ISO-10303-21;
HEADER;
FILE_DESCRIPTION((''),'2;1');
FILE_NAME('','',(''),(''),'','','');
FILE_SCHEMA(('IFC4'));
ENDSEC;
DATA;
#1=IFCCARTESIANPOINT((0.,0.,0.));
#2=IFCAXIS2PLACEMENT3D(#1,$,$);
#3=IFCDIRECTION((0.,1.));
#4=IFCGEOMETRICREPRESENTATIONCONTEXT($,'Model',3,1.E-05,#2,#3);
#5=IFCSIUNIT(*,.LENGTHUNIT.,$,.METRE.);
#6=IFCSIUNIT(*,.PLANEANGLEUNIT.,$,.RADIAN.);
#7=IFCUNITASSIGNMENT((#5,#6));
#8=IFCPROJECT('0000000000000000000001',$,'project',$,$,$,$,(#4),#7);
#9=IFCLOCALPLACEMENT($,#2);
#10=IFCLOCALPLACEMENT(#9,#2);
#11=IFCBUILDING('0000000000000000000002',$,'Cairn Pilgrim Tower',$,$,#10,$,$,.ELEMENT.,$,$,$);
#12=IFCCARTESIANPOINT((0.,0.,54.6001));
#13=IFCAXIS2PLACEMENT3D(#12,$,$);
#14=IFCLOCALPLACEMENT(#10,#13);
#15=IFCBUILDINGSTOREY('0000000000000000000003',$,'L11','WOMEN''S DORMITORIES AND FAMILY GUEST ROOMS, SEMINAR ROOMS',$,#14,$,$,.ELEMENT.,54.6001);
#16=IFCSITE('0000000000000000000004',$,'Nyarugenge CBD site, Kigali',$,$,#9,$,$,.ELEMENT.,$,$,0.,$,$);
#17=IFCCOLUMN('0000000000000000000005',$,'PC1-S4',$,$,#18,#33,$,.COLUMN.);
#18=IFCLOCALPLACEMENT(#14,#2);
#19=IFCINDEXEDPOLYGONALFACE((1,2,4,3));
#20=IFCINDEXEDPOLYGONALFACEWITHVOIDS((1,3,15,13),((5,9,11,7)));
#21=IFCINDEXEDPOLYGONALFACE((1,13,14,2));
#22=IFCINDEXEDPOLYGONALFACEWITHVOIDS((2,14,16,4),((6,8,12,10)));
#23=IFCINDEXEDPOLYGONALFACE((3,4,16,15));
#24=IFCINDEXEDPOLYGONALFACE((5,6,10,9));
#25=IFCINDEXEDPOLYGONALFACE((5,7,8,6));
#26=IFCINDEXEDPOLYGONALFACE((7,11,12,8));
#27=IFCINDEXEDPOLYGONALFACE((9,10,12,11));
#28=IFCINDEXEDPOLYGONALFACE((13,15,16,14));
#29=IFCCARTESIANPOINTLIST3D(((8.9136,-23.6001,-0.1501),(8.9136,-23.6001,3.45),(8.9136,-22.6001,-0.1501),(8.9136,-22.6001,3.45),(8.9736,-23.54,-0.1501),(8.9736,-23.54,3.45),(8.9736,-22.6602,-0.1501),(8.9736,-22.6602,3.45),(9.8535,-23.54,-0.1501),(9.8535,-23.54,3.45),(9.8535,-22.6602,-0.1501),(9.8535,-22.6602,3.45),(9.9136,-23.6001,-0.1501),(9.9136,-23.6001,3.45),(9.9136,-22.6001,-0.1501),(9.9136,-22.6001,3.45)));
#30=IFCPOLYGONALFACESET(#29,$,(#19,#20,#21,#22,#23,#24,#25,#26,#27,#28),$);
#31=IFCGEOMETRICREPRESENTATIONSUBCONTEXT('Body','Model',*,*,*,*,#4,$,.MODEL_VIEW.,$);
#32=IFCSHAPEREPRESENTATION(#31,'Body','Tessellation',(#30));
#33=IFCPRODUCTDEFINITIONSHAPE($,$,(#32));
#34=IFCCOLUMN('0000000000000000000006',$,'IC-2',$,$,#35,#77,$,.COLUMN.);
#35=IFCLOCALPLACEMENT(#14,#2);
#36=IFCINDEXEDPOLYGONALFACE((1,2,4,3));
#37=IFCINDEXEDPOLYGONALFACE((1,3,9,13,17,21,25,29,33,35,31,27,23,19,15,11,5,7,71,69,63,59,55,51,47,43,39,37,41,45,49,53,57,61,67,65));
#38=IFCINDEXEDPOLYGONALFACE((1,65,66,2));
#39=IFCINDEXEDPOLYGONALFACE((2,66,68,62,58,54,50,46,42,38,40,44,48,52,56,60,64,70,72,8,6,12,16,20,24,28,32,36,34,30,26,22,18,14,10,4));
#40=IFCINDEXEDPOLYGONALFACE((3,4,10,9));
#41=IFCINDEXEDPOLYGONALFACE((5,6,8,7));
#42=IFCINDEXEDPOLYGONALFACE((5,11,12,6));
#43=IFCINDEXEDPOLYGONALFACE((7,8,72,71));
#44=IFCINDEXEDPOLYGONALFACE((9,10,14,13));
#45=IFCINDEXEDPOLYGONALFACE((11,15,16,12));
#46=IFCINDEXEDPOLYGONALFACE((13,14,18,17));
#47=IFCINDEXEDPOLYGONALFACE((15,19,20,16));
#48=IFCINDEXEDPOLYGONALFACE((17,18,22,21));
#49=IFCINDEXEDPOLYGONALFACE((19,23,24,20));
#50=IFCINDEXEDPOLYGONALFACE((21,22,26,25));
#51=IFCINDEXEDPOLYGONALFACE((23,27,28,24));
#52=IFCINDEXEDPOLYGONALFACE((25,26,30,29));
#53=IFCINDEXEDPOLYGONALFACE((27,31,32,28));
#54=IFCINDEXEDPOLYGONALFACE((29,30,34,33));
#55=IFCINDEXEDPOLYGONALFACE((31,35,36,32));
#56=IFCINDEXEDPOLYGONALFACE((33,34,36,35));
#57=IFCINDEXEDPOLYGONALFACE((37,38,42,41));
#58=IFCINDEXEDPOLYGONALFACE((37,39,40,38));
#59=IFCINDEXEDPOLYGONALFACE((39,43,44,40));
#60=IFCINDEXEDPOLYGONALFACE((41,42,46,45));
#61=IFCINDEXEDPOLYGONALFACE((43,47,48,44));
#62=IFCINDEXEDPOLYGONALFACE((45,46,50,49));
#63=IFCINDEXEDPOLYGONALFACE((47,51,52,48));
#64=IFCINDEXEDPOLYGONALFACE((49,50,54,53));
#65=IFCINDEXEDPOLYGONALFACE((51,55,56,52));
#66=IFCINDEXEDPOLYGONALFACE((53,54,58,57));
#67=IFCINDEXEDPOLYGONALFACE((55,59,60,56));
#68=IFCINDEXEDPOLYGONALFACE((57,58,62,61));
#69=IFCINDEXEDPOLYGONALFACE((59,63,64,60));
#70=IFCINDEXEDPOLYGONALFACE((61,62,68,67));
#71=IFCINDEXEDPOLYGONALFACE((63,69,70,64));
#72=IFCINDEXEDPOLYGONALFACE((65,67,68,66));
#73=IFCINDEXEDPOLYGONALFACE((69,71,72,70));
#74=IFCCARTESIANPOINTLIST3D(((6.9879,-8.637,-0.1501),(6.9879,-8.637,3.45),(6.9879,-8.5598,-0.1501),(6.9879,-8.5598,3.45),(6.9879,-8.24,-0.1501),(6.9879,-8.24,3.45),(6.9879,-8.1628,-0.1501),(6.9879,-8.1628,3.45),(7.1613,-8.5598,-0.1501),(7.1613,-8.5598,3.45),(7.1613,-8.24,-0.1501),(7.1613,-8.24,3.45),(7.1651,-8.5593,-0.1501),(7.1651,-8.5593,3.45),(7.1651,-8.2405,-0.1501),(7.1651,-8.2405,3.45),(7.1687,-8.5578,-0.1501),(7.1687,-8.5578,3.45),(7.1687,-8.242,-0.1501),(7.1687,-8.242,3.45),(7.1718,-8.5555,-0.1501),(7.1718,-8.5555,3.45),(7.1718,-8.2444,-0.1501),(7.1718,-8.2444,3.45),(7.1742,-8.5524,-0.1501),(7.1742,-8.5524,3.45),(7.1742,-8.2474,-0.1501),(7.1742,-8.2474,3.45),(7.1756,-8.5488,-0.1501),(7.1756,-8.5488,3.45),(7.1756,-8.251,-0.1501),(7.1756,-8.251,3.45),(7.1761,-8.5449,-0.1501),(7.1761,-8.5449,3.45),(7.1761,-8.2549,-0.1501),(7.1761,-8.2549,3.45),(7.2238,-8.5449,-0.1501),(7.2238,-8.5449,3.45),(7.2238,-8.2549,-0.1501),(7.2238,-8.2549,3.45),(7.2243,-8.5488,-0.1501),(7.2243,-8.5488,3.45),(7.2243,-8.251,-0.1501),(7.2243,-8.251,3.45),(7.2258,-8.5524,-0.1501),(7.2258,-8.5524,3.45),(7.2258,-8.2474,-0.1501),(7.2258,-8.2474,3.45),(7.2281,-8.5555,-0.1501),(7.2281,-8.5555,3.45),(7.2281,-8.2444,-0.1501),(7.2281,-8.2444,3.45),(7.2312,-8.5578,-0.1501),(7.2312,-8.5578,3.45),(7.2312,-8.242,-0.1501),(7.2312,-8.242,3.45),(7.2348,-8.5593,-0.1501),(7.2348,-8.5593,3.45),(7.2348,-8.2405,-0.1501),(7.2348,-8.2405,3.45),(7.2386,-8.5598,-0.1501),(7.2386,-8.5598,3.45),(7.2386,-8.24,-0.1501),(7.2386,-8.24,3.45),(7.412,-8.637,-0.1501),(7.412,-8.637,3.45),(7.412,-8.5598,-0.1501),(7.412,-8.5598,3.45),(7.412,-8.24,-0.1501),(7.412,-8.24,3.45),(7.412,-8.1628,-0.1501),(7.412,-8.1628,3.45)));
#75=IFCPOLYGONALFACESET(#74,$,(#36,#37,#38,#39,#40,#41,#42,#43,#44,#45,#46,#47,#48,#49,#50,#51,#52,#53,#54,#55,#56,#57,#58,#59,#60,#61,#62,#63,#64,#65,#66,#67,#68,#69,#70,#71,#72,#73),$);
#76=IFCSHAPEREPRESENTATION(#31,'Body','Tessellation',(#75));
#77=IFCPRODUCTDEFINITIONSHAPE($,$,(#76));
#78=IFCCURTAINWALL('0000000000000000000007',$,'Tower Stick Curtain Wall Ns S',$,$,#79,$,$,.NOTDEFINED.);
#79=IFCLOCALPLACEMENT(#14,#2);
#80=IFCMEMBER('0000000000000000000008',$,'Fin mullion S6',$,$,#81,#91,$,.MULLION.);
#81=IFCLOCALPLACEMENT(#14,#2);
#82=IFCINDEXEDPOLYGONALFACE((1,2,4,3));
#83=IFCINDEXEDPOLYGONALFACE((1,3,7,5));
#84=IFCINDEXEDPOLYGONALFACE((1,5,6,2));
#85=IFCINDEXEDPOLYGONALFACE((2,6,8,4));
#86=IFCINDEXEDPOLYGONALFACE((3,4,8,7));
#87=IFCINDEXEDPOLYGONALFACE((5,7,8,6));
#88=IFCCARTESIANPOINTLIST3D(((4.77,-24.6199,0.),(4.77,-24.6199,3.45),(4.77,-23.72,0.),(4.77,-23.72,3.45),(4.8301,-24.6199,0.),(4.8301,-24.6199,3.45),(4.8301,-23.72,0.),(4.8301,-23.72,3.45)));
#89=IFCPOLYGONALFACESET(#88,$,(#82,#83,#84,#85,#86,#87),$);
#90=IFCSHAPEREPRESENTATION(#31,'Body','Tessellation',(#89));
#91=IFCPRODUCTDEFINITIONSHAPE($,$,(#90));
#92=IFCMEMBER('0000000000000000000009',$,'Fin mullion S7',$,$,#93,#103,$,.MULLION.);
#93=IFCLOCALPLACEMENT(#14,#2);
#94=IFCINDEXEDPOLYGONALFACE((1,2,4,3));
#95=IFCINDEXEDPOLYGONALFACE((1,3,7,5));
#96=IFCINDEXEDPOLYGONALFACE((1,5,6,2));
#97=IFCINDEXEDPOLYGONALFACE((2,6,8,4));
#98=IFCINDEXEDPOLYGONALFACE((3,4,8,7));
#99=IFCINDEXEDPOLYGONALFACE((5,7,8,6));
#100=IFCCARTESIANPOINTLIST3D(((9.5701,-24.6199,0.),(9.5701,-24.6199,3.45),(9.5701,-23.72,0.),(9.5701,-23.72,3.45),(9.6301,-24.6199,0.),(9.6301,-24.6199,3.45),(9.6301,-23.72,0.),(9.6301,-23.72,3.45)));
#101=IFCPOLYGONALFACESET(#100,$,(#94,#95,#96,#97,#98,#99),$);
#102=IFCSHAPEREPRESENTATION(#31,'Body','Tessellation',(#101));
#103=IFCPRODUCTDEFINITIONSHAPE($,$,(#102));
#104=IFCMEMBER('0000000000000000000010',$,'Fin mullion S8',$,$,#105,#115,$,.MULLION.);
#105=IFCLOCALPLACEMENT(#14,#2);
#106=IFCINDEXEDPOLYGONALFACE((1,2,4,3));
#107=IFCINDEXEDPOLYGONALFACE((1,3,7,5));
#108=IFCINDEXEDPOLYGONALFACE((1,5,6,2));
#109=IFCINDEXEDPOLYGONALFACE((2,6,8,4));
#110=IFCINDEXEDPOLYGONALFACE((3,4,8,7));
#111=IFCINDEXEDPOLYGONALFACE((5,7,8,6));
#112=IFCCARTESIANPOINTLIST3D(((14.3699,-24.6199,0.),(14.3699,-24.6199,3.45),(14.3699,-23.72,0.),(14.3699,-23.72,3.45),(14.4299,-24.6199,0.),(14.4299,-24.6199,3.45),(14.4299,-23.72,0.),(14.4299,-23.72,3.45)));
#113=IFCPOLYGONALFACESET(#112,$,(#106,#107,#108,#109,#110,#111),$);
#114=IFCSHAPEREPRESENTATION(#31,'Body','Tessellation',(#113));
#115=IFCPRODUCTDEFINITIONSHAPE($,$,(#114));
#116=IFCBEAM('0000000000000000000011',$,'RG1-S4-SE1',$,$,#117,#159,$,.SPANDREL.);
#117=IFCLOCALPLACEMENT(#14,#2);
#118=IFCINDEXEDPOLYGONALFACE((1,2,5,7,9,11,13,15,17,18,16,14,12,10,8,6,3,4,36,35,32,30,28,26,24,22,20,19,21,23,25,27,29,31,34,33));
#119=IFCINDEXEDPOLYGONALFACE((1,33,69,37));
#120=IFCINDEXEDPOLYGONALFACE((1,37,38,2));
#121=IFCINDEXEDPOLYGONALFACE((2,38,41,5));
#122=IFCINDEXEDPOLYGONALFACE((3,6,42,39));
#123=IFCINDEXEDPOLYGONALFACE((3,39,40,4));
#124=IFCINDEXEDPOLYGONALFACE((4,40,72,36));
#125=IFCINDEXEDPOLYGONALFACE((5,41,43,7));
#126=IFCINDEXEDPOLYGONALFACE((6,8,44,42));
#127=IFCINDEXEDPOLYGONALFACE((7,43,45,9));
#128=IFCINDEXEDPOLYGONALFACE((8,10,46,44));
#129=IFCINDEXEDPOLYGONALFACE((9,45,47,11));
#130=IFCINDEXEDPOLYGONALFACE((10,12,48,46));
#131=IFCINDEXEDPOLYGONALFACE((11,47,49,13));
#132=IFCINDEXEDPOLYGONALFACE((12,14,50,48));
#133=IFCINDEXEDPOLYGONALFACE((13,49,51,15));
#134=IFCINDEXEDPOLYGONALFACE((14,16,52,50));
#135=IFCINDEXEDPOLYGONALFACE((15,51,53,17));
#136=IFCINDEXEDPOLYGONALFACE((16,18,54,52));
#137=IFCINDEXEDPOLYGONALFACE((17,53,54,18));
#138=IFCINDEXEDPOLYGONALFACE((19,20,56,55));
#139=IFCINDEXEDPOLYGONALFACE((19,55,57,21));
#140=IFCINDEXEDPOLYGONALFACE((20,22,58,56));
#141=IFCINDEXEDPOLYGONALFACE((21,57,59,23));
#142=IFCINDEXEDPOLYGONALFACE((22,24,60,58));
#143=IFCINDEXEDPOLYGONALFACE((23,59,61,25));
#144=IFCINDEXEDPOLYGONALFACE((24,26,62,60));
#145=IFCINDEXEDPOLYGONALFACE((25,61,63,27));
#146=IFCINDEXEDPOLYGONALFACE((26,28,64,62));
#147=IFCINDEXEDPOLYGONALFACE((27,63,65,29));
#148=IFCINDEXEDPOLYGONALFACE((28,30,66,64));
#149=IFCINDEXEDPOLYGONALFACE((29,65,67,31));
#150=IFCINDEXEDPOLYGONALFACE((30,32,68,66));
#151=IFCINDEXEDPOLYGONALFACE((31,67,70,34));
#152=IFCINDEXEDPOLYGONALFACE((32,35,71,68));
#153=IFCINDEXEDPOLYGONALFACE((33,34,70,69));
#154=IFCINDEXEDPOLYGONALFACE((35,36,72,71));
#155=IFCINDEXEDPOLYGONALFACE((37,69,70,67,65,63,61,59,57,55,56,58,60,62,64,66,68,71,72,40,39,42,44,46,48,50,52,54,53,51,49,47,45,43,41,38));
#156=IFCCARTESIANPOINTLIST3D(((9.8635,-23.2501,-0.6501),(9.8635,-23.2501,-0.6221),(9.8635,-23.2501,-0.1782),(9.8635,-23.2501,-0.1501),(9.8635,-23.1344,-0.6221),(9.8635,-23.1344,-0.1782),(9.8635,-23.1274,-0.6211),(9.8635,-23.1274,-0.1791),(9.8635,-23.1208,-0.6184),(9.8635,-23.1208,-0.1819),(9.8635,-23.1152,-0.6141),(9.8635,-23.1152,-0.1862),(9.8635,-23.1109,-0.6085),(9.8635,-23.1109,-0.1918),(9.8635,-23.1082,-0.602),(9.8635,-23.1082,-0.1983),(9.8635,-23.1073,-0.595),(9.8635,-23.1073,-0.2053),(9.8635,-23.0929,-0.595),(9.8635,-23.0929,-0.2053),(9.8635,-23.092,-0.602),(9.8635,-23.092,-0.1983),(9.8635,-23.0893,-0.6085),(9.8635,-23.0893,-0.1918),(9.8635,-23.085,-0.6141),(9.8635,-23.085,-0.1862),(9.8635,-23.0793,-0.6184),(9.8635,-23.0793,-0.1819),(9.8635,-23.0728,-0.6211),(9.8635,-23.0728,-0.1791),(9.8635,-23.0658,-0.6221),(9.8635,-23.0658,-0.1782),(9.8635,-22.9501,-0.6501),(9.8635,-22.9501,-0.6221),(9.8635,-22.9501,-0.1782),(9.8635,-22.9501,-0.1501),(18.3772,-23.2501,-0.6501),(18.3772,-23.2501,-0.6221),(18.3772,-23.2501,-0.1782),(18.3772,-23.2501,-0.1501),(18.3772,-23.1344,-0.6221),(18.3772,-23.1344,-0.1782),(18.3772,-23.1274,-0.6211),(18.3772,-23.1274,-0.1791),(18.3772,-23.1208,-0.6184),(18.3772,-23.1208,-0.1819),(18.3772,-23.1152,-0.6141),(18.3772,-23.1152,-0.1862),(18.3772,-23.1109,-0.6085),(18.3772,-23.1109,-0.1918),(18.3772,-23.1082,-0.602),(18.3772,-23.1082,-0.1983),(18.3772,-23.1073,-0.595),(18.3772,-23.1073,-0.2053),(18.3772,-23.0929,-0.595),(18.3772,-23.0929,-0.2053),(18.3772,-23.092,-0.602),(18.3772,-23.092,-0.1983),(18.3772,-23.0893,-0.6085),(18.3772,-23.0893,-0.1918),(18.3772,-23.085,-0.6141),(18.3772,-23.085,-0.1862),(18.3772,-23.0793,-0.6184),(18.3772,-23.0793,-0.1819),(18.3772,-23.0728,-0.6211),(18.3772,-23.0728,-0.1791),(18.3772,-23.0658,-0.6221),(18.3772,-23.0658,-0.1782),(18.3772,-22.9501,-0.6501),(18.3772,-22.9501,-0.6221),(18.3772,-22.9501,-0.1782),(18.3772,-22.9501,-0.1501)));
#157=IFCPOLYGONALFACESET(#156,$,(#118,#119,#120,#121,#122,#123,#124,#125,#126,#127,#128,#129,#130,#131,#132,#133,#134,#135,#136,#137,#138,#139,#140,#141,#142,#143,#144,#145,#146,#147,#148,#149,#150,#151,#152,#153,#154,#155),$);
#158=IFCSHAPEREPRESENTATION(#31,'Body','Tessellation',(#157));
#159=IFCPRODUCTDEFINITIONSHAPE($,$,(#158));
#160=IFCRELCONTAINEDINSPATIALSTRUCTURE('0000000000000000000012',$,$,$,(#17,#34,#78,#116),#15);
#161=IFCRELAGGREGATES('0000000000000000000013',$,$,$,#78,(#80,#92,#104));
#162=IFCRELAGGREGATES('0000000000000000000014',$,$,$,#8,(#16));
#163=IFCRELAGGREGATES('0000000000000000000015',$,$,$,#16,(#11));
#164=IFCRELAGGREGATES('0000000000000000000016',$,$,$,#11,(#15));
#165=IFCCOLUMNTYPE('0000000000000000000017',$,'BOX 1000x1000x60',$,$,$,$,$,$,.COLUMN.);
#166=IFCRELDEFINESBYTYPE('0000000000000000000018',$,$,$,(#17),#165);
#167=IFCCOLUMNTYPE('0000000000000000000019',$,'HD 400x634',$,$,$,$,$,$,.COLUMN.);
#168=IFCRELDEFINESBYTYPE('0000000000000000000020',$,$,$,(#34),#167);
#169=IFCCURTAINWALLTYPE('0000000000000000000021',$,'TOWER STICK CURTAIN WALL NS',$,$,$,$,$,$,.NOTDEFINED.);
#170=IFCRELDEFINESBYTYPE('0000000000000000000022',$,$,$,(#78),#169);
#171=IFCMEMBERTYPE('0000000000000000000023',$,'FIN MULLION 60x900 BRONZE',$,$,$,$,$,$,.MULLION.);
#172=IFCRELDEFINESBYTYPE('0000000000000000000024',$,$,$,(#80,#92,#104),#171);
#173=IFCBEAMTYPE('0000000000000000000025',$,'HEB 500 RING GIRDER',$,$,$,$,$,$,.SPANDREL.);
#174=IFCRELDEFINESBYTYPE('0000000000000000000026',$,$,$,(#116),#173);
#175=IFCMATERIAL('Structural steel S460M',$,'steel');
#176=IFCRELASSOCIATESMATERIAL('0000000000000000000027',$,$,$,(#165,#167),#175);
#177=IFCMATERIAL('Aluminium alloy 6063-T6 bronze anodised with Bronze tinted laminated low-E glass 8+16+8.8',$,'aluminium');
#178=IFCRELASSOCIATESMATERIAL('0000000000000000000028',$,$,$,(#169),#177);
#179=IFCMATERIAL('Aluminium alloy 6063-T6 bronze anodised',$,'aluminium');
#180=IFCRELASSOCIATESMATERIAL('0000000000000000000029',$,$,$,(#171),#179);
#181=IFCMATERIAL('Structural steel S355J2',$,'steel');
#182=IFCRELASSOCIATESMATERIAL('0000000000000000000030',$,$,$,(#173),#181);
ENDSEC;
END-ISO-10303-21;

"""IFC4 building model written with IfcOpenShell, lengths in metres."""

from ifc_helpers import new_model, si_unit, direction, frame, origin, origin_2d, place, context, subcontext, project, spatial, rectangle, hollow_rectangle, i_section, extrude, material, material_profile, profile_set, type_object, element, aggregate, save


model = new_model("IFC4")

# Units and contexts
model_context = context("Model", 3, precision=1e-05, world=origin(), true_north=direction((0.0, 1.0)))
body_context = subcontext(model_context, "Body", "Model", "MODEL_VIEW")
ifc_project = project(units=[si_unit("LENGTHUNIT", "METRE"), si_unit("PLANEANGLEUNIT", "RADIAN")], contexts=[model_context])

# Site, building, storey
site_placement = place(None, origin())
site = spatial("IfcSite", under=ifc_project, at=site_placement, Name="Nyarugenge CBD site, Kigali", CompositionType="ELEMENT", RefElevation=0.0)
building_placement = place(site_placement, origin())
building = spatial("IfcBuilding", under=site, at=building_placement, Name="Cairn Pilgrim Tower", CompositionType="ELEMENT")
storey_placement = place(building_placement, frame((0.0, 0.0, 54.6001)))
storey = spatial("IfcBuildingStorey", under=building, at=storey_placement, Name="L11", Description="WOMEN'S DORMITORIES AND FAMILY GUEST ROOMS, SEMINAR ROOMS", CompositionType="ELEMENT", Elevation=54.6001)

# Columns
ifc_material_1 = material(Name="Structural steel S460M", Category="steel")
ifc_material_profile_1 = material_profile(ifc_material_1, hollow_rectangle(XDim=1.0, YDim=1.0, WallThickness=0.0601, at=origin_2d()), Name="BOX 1000x1000x60")
ifc_profile_set_1 = profile_set([ifc_material_profile_1], Name="Structural steel S460M")
column_type_1 = type_object("IfcColumnType", Name="BOX 1000x1000x60", PredefinedType="COLUMN", material=ifc_profile_set_1)
column_1_placement = place(storey_placement, frame((9.4136, -23.1001, -0.1501), z_axis=(0.0, 0.0, 1.0), x_axis=(1.0, 0.0, 0.0)))
element("IfcColumn", 1, at=column_1_placement, inside=storey, type_object=column_type_1, Name="PC1-S4", PredefinedType="COLUMN", context=body_context, shape_type="SweptSolid", body=[
    extrude(hollow_rectangle(XDim=1.0, YDim=1.0, WallThickness=0.0601, at=origin_2d()), origin(), (0.0, 0.0, 1.0), 3.6001),
])
ifc_material_profile_2 = material_profile(ifc_material_1, i_section(OverallWidth=0.4241, OverallDepth=0.4741, WebThickness=0.0476, FlangeThickness=0.0771, FilletRadius=0.0149, at=origin_2d()), Name="HD 400x634")
ifc_profile_set_2 = profile_set([ifc_material_profile_2], Name="Structural steel S460M")
column_type_2 = type_object("IfcColumnType", Name="HD 400x634", PredefinedType="COLUMN", material=ifc_profile_set_2)
column_2_placement = place(storey_placement, frame((7.2, -8.3999, -0.1501), z_axis=(0.0, 0.0, 1.0), x_axis=(1.0, 0.0, 0.0)))
element("IfcColumn", 2, at=column_2_placement, inside=storey, type_object=column_type_2, Name="IC-2", PredefinedType="COLUMN", context=body_context, shape_type="SweptSolid", body=[
    extrude(i_section(OverallWidth=0.4241, OverallDepth=0.4741, WebThickness=0.0476, FlangeThickness=0.0771, FilletRadius=0.0149, at=origin_2d()), origin(), (0.0, 0.0, 1.0), 3.6001),
])

# Curtain wall, members
ifc_material_2 = material(Name="Aluminium alloy 6063-T6 bronze anodised with Bronze tinted laminated low-E glass 8+16+8.8", Category="aluminium")
curtain_wall_type = type_object("IfcCurtainWallType", Name="TOWER STICK CURTAIN WALL NS", PredefinedType="NOTDEFINED", material=ifc_material_2)
curtain_wall_placement = place(storey_placement, origin())
curtain_wall = element("IfcCurtainWall", 3, at=curtain_wall_placement, inside=storey, type_object=curtain_wall_type, Name="Tower Stick Curtain Wall Ns S", PredefinedType="NOTDEFINED")
ifc_material_3 = material(Name="Aluminium alloy 6063-T6 bronze anodised", Category="aluminium")
ifc_material_profile_3 = material_profile(ifc_material_3, rectangle(XDim=0.8999, YDim=0.0601, at=origin_2d()), Name="FIN MULLION 60x900 BRONZE")
ifc_profile_set_3 = profile_set([ifc_material_profile_3], Name="Aluminium alloy 6063-T6 bronze anodised")
member_type_1 = type_object("IfcMemberType", Name="FIN MULLION 60x900 BRONZE", PredefinedType="MULLION", material=ifc_profile_set_3)
member_1_placement = place(storey_placement, frame((4.8, -24.1699, 0.0), z_axis=(0.0, 0.0, 1.0), x_axis=(0.0, -1.0, 0.0)))
member_1 = element("IfcMember", 4, at=member_1_placement, type_object=member_type_1, Name="Fin mullion S6", PredefinedType="MULLION", context=body_context, shape_type="SweptSolid", body=[
    extrude(rectangle(XDim=0.8999, YDim=0.0601, at=origin_2d()), origin(), (0.0, 0.0, 1.0), 3.45),
])
member_2_placement = place(storey_placement, frame((9.6001, -24.1699, 0.0), z_axis=(0.0, 0.0, 1.0), x_axis=(0.0, -1.0, 0.0)))
member_2 = element("IfcMember", 5, at=member_2_placement, type_object=member_type_1, Name="Fin mullion S7", PredefinedType="MULLION", context=body_context, shape_type="SweptSolid", body=[
    extrude(rectangle(XDim=0.8999, YDim=0.0601, at=origin_2d()), origin(), (0.0, 0.0, 1.0), 3.45),
])
member_3_placement = place(storey_placement, frame((14.3999, -24.1699, 0.0), z_axis=(0.0, 0.0, 1.0), x_axis=(0.0, -1.0, 0.0)))
member_3 = element("IfcMember", 6, at=member_3_placement, type_object=member_type_1, Name="Fin mullion S8", PredefinedType="MULLION", context=body_context, shape_type="SweptSolid", body=[
    extrude(rectangle(XDim=0.8999, YDim=0.0601, at=origin_2d()), origin(), (0.0, 0.0, 1.0), 3.45),
])

# Beam
ifc_material_4 = material(Name="Structural steel S355J2", Category="steel")
ifc_material_profile_4 = material_profile(ifc_material_4, i_section(OverallWidth=0.3, OverallDepth=0.5, WebThickness=0.0144, FlangeThickness=0.0281, FilletRadius=0.0271, at=origin_2d()), Name="HEB 500")
ifc_profile_set_4 = profile_set([ifc_material_profile_4], Name="Structural steel S355J2")
beam_type_1 = type_object("IfcBeamType", Name="HEB 500 RING GIRDER", PredefinedType="SPANDREL", material=ifc_profile_set_4)
beam_1_placement = place(storey_placement, frame((9.8635, -23.1001, -0.4001), z_axis=(1.0, 0.0, 0.0), x_axis=(0.0, 1.0, 0.0)))
element("IfcBeam", 7, at=beam_1_placement, inside=storey, type_object=beam_type_1, Name="RG1-S4-SE1", PredefinedType="SPANDREL", context=body_context, shape_type="SweptSolid", body=[
    extrude(i_section(OverallWidth=0.3, OverallDepth=0.5, WebThickness=0.0144, FlangeThickness=0.0281, FilletRadius=0.0271, at=origin_2d()), origin(), (0.0, 0.0, 1.0), 8.5137),
])

aggregate(curtain_wall, [member_1, member_2, member_3])

save(model, "model.ifc")
